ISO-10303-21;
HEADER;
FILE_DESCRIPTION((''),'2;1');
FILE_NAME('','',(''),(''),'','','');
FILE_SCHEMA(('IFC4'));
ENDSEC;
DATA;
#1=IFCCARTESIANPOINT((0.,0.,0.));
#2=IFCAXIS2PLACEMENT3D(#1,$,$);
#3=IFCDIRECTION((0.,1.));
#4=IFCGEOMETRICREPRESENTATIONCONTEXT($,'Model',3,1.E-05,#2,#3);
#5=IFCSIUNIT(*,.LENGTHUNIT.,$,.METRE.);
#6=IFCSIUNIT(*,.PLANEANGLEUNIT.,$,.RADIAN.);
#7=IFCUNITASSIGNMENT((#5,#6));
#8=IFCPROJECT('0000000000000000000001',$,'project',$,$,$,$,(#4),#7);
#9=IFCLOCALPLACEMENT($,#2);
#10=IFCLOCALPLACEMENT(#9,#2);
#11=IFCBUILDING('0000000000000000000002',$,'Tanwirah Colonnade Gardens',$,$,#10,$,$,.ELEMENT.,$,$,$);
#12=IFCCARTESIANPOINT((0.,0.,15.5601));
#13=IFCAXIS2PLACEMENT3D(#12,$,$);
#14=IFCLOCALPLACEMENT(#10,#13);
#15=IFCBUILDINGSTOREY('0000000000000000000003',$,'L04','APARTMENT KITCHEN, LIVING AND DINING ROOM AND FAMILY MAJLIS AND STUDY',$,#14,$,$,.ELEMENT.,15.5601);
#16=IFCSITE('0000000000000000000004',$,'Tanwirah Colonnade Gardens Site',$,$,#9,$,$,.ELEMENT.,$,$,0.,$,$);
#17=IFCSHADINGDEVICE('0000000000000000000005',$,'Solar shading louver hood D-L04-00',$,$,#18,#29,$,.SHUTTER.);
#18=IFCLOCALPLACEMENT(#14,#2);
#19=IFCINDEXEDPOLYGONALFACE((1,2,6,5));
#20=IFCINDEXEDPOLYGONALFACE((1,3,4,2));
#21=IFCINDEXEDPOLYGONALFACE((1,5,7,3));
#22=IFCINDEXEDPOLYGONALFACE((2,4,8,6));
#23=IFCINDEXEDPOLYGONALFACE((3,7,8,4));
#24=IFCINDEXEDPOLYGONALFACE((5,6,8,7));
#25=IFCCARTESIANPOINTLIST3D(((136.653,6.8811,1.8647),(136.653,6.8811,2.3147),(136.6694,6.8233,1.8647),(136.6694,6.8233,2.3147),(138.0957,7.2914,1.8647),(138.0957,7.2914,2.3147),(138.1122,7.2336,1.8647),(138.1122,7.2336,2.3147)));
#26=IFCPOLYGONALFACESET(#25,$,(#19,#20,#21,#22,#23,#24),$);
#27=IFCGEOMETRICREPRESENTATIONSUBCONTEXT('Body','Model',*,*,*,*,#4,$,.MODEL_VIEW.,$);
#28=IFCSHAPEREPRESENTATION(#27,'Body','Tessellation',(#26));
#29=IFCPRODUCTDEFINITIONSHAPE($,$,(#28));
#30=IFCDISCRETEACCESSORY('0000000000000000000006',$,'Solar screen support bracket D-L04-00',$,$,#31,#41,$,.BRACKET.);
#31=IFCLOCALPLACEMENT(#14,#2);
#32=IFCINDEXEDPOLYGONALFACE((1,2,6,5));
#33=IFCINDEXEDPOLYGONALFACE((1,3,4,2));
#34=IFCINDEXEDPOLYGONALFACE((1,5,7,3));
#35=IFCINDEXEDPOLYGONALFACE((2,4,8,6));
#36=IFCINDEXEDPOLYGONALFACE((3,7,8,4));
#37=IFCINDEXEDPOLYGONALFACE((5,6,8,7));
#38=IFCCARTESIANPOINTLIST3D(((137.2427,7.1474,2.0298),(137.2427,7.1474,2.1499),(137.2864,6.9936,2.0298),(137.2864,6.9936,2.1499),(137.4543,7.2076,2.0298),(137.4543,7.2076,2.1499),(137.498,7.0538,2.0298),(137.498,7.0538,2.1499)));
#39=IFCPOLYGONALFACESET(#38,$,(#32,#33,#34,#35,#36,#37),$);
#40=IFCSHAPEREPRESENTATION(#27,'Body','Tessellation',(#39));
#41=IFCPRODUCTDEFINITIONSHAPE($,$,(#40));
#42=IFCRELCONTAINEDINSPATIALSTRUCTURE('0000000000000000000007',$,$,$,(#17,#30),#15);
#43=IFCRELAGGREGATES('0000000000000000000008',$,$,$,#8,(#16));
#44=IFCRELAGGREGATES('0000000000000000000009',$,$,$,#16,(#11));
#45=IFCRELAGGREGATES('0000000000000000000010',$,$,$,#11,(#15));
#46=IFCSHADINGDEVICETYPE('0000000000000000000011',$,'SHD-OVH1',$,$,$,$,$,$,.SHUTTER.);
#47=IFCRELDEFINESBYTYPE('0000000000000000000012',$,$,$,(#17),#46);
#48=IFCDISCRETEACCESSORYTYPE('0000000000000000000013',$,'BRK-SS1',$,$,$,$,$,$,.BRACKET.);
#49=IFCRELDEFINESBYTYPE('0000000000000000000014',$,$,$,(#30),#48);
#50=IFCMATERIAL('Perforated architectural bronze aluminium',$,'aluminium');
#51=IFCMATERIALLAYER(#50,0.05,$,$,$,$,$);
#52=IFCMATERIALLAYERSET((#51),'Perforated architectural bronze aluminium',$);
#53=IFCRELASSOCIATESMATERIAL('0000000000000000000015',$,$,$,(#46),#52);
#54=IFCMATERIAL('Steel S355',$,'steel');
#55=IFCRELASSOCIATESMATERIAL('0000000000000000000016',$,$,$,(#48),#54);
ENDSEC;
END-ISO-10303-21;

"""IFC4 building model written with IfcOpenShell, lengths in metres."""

from ifc_helpers import new_model, si_unit, direction, frame, origin, origin_2d, place, context, subcontext, project, spatial, rectangle, extrude, material, layer, layer_set, type_object, element, save


model = new_model("IFC4")

# Units and contexts
model_context = context("Model", 3, precision=1e-05, world=origin(), true_north=direction((0.0, 1.0)))
body_context = subcontext(model_context, "Body", "Model", "MODEL_VIEW")
ifc_project = project(units=[si_unit("LENGTHUNIT", "METRE"), si_unit("PLANEANGLEUNIT", "RADIAN")], contexts=[model_context])

# Site, building, storey
site_placement = place(None, origin())
site = spatial("IfcSite", under=ifc_project, at=site_placement, Name="Tanwirah Colonnade Gardens Site", CompositionType="ELEMENT", RefElevation=0.0)
building_placement = place(site_placement, origin())
building = spatial("IfcBuilding", under=site, at=building_placement, Name="Tanwirah Colonnade Gardens", CompositionType="ELEMENT")
storey_placement = place(building_placement, frame((0.0, 0.0, 15.5601)))
storey = spatial("IfcBuildingStorey", under=building, at=storey_placement, Name="L04", Description="APARTMENT KITCHEN, LIVING AND DINING ROOM AND FAMILY MAJLIS AND STUDY", CompositionType="ELEMENT", Elevation=15.5601)

# Shading device
ifc_material_1 = material(Name="Perforated architectural bronze aluminium", Category="aluminium")
ifc_layer_1 = layer(ifc_material_1, 0.05)
ifc_layer_set_1 = layer_set([ifc_layer_1], Name="Perforated architectural bronze aluminium")
shading_device_type = type_object("IfcShadingDeviceType", Name="SHD-OVH1", PredefinedType="SHUTTER", material=ifc_layer_set_1)
shading_device_placement = place(storey_placement, frame((137.3826, 7.0574, 1.8647), z_axis=(0.0, 0.0, 1.0), x_axis=(0.961861, 0.273539, 0.0)))
element("IfcShadingDevice", 1, at=shading_device_placement, inside=storey, type_object=shading_device_type, Name="Solar shading louver hood D-L04-00", PredefinedType="SHUTTER", context=body_context, shape_type="SweptSolid", body=[
    extrude(rectangle(XDim=1.5, YDim=0.0601, at=origin_2d()), origin(), (0.0, 0.0, 1.0), 0.45),
])

# Discrete accessory
ifc_material_2 = material(Name="Steel S355", Category="steel")
discrete_accessory_type = type_object("IfcDiscreteAccessoryType", Name="BRK-SS1", PredefinedType="BRACKET", material=ifc_material_2)
discrete_accessory_placement = place(storey_placement, frame((137.3704, 7.1006, 2.0298), z_axis=(0.0, 0.0, 1.0), x_axis=(0.961861, 0.273539, 0.0)))
element("IfcDiscreteAccessory", 2, at=discrete_accessory_placement, inside=storey, type_object=discrete_accessory_type, Name="Solar screen support bracket D-L04-00", PredefinedType="BRACKET", context=body_context, shape_type="SweptSolid", body=[
    extrude(rectangle(XDim=0.22, YDim=0.1599, at=origin_2d()), origin(), (0.0, 0.0, 1.0), 0.1201),
])

save(model, "model.ifc")
